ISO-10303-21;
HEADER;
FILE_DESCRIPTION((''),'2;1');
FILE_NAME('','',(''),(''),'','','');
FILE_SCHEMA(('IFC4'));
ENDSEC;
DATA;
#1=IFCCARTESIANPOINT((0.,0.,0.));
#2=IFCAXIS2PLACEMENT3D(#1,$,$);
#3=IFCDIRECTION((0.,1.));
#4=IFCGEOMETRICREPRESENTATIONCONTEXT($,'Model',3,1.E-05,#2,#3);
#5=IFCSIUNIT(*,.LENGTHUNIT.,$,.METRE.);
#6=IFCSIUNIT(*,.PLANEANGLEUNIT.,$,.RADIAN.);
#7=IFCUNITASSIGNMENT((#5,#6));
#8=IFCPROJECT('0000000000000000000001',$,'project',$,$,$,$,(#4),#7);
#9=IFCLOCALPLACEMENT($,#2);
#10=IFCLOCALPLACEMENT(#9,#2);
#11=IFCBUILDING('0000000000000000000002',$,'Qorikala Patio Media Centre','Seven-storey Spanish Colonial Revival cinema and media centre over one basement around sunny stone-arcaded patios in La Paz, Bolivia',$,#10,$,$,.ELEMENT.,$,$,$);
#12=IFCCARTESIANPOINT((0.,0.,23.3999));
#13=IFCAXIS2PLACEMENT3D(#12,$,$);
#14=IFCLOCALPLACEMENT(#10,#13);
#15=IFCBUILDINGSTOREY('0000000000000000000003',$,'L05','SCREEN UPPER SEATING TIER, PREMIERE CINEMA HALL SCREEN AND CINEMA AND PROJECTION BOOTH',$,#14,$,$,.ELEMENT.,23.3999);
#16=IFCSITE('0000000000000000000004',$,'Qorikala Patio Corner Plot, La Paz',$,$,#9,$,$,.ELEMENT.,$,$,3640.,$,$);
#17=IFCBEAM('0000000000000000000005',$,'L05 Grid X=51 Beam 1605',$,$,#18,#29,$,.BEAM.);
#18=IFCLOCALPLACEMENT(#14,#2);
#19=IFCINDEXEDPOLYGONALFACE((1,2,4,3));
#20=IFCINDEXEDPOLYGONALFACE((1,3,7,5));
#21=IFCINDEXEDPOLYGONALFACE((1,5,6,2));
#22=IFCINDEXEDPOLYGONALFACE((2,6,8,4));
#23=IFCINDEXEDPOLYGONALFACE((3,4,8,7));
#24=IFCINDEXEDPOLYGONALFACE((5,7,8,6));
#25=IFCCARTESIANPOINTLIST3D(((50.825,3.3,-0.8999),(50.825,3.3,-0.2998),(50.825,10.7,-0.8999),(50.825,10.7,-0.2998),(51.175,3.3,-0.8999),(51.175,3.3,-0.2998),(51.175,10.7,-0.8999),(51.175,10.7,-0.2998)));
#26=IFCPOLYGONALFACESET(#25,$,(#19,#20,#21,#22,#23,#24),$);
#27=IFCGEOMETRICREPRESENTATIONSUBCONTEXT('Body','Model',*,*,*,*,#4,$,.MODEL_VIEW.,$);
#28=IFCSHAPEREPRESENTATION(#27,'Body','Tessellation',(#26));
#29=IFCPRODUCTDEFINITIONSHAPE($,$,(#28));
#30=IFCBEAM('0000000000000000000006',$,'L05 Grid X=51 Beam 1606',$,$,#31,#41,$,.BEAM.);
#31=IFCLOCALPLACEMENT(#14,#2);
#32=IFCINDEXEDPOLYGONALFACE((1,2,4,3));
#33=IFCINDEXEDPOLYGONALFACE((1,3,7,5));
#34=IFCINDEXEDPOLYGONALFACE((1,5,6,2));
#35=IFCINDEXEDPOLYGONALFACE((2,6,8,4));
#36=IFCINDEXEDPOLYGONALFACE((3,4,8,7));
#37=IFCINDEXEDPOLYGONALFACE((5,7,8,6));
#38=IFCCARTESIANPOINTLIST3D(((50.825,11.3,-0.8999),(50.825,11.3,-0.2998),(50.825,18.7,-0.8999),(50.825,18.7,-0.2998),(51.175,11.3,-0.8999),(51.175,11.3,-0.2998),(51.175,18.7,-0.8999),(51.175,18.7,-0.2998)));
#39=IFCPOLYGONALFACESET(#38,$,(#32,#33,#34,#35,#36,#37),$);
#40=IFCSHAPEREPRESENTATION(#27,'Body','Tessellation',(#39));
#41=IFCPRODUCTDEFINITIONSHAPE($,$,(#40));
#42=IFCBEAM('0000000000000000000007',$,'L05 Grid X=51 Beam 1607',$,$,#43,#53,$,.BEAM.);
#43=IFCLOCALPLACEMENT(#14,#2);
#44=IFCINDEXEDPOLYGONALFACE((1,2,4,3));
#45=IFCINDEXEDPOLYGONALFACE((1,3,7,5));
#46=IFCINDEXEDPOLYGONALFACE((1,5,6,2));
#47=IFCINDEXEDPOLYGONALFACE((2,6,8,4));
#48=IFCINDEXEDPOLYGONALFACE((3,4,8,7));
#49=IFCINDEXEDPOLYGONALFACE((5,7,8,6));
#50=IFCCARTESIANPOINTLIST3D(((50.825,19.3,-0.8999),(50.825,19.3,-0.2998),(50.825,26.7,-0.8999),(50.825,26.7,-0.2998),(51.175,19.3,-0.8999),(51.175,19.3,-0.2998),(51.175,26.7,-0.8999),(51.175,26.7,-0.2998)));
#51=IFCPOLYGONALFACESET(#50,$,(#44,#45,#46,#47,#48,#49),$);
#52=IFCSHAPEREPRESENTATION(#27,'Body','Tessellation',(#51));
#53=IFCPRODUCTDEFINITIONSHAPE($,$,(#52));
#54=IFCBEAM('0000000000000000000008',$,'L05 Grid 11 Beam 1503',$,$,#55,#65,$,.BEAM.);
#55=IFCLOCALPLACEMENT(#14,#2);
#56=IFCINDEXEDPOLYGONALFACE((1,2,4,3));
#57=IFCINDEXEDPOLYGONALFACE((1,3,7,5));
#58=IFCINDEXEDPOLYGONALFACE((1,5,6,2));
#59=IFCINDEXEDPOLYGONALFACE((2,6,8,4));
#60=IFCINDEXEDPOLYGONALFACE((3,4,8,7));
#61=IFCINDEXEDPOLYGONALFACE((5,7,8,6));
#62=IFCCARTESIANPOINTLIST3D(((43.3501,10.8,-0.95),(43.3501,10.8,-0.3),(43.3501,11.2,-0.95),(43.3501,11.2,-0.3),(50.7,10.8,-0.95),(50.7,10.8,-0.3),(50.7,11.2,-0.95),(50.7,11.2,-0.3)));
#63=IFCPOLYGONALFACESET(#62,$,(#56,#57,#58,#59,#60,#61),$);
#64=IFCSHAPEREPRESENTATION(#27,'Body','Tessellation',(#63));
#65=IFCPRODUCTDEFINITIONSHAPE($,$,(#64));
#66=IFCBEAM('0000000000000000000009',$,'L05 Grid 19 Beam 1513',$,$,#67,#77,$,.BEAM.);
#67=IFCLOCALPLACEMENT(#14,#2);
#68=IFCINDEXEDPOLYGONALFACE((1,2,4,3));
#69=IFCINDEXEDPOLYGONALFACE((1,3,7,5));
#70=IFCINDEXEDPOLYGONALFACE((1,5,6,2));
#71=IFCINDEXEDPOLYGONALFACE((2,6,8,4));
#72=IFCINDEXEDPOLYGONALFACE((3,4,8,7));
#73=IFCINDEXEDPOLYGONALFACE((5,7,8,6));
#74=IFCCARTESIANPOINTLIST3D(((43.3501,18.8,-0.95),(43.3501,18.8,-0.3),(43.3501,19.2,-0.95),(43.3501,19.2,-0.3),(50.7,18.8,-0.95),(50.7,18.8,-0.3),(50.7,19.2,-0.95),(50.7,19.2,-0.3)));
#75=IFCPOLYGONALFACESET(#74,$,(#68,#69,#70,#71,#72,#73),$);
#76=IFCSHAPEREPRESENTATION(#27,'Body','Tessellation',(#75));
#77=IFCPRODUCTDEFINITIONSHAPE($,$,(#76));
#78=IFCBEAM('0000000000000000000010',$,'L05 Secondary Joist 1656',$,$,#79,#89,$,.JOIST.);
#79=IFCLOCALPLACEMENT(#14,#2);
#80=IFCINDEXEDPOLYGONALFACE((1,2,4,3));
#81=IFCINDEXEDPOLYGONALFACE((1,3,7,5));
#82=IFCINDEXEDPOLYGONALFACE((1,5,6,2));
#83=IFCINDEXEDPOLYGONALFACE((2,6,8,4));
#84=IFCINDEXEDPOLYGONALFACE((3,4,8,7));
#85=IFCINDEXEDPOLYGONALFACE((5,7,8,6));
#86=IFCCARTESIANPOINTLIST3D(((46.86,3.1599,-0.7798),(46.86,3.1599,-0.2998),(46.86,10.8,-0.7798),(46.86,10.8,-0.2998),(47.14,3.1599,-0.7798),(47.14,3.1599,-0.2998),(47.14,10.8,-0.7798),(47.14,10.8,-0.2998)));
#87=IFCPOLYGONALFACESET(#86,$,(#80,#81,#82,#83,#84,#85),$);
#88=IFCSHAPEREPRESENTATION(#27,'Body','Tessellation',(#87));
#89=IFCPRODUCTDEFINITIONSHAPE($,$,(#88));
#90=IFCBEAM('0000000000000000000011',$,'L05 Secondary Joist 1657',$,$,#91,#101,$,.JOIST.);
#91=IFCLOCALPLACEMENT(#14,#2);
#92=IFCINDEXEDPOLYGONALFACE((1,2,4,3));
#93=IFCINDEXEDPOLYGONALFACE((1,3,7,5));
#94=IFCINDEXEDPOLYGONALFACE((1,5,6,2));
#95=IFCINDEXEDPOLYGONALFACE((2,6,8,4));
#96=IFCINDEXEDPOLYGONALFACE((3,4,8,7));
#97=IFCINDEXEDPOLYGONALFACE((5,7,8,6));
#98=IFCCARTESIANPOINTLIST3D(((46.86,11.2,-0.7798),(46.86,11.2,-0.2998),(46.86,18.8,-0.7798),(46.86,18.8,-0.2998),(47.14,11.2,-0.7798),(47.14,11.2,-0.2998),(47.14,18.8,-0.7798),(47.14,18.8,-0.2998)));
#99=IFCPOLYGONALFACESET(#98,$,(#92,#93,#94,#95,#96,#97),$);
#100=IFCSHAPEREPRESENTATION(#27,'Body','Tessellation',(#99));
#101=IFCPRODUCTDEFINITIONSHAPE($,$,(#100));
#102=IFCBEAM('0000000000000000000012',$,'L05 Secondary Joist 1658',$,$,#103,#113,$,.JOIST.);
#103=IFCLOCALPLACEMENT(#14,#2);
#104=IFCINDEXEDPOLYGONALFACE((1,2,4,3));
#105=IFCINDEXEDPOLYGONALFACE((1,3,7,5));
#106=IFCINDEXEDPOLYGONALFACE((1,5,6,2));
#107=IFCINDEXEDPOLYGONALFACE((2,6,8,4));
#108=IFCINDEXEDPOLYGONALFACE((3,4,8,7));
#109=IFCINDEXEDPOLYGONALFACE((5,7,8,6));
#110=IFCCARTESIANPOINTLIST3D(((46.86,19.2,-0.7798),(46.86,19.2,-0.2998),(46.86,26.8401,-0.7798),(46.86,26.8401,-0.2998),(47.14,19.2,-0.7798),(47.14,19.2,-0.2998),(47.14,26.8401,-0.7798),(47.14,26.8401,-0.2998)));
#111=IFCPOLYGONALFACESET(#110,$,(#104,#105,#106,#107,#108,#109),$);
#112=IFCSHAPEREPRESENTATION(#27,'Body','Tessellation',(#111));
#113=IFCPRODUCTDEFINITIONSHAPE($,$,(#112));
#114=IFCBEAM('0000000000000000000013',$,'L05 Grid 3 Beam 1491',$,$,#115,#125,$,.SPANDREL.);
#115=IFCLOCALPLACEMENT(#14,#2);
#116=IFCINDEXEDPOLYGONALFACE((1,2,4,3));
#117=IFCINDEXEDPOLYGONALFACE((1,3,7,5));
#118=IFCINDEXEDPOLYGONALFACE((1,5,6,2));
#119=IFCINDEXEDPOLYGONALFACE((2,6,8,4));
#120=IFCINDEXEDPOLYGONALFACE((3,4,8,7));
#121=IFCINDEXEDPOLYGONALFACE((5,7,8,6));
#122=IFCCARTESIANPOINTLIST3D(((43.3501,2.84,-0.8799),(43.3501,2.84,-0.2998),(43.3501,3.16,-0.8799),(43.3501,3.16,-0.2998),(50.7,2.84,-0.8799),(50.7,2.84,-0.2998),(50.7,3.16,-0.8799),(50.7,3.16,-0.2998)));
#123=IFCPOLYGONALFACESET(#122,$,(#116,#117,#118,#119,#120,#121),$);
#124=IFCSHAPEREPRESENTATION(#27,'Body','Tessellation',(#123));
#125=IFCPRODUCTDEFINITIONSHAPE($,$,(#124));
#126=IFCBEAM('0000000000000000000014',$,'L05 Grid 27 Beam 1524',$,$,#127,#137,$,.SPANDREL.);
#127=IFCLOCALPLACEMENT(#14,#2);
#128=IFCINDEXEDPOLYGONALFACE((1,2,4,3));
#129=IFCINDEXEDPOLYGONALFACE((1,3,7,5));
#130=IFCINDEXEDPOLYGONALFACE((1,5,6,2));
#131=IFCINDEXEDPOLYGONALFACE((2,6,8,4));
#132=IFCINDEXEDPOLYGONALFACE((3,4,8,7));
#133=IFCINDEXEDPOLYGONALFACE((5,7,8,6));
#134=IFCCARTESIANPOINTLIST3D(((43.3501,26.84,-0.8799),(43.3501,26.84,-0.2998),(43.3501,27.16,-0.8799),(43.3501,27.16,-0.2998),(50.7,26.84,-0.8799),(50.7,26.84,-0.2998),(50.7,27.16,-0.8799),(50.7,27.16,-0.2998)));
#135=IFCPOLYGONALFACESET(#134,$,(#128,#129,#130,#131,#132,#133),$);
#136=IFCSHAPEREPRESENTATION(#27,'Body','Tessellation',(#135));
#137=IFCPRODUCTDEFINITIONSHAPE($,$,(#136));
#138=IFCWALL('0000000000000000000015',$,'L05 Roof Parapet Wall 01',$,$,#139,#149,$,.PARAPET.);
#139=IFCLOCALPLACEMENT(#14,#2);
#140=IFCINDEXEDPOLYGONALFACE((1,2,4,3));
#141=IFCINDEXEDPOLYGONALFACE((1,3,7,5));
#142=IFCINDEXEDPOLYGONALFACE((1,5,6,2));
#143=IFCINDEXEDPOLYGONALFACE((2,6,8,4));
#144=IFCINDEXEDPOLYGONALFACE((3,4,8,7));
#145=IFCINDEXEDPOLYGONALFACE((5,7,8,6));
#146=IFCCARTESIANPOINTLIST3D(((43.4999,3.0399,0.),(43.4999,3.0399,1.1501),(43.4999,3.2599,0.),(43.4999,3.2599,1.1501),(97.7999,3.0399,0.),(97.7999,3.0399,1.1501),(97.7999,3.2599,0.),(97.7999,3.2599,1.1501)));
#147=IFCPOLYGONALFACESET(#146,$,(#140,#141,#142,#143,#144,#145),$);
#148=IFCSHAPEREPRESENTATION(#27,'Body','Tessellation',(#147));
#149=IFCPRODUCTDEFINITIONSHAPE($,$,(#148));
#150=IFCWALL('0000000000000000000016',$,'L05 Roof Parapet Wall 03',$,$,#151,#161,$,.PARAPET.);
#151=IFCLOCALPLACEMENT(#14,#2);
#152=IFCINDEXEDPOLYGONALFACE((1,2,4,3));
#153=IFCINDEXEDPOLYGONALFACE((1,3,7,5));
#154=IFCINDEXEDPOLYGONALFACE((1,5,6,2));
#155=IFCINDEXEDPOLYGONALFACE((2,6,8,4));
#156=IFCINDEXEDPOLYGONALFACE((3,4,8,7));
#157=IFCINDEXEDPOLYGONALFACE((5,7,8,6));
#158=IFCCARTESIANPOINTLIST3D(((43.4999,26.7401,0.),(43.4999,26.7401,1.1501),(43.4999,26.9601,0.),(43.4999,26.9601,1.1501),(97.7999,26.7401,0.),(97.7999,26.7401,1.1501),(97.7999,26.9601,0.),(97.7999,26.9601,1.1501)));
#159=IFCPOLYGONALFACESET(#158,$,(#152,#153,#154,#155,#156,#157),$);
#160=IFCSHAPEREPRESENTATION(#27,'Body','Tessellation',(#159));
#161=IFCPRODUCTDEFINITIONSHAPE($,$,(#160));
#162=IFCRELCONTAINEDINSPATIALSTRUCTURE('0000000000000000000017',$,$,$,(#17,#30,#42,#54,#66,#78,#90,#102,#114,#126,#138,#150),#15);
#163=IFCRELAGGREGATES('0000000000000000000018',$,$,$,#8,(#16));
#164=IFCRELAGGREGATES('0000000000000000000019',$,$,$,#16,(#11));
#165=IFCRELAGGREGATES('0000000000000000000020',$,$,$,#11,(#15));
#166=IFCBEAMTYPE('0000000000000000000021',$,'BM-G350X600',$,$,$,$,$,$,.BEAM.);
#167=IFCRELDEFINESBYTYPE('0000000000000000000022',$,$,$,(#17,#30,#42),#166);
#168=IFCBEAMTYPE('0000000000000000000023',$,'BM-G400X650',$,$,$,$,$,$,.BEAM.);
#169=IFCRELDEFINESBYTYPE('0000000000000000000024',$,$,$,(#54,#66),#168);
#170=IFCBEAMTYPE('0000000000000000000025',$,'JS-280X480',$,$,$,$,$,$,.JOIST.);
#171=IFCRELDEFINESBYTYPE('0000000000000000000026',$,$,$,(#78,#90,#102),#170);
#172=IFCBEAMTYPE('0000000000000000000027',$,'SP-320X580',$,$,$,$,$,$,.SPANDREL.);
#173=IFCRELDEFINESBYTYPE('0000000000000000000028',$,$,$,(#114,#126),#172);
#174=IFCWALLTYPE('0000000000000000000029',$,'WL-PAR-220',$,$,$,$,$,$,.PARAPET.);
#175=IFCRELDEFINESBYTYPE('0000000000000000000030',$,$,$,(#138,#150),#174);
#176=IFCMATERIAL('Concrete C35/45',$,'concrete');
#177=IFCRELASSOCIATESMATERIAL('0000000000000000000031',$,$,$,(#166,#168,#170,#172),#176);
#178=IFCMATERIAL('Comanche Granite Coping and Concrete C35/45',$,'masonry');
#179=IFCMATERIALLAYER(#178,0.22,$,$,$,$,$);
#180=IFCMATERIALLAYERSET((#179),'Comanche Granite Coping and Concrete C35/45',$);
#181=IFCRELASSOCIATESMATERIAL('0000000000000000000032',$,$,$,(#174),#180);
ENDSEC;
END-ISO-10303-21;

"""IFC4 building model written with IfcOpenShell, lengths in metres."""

from ifc_helpers import new_model, si_unit, direction, frame, frame_2d, origin, origin_2d, place, context, subcontext, project, spatial, rectangle, extrude, material, layer, layer_set, material_profile, profile_set, type_object, element, save


model = new_model("IFC4")

# Units and contexts
model_context = context("Model", 3, precision=1e-05, world=origin(), true_north=direction((0.0, 1.0)))
body_context = subcontext(model_context, "Body", "Model", "MODEL_VIEW")
ifc_project = project(units=[si_unit("LENGTHUNIT", "METRE"), si_unit("PLANEANGLEUNIT", "RADIAN")], contexts=[model_context])

# Site, building, storey
site_placement = place(None, origin())
site = spatial("IfcSite", under=ifc_project, at=site_placement, Name="Qorikala Patio Corner Plot, La Paz", CompositionType="ELEMENT", RefElevation=3640.0)
building_placement = place(site_placement, origin())
building = spatial("IfcBuilding", under=site, at=building_placement, Name="Qorikala Patio Media Centre", Description="Seven-storey Spanish Colonial Revival cinema and media centre over one basement around sunny stone-arcaded patios in La Paz, Bolivia", CompositionType="ELEMENT")
storey_placement = place(building_placement, frame((0.0, 0.0, 23.3999)))
storey = spatial("IfcBuildingStorey", under=building, at=storey_placement, Name="L05", Description="SCREEN UPPER SEATING TIER, PREMIERE CINEMA HALL SCREEN AND CINEMA AND PROJECTION BOOTH", CompositionType="ELEMENT", Elevation=23.3999)

# Beams
ifc_material_1 = material(Name="Concrete C35/45", Category="concrete")
ifc_material_profile_1 = material_profile(ifc_material_1, rectangle(XDim=0.3501, YDim=0.6001, at=origin_2d()), Name="RC 350x600")
ifc_profile_set_1 = profile_set([ifc_material_profile_1], Name="Concrete C35/45")
beam_type_1 = type_object("IfcBeamType", Name="BM-G350X600", PredefinedType="BEAM", material=ifc_profile_set_1)
for number, where, z_axis, x_axis, name in (
    (1, (51.0, 3.3, -0.5999), (0.0, 1.0, 0.0), (-1.0, 0.0, 0.0), "L05 Grid X=51 Beam 1605"),
    (2, (51.0, 11.3, -0.5999), (0.0, 1.0, 0.0), (-1.0, 0.0, 0.0), "L05 Grid X=51 Beam 1606"),
    (3, (51.0, 19.3, -0.5999), (0.0, 1.0, 0.0), (-1.0, 0.0, 0.0), "L05 Grid X=51 Beam 1607"),
):
    element("IfcBeam", number, at=place(storey_placement, frame(where, z_axis=z_axis, x_axis=x_axis)), inside=storey, type_object=beam_type_1, Name=name, PredefinedType="BEAM", context=body_context, shape_type="SweptSolid", body=[
        extrude(rectangle(XDim=0.3501, YDim=0.6001, at=origin_2d()), origin(), (0.0, 0.0, 1.0), 7.3999),
    ])
ifc_material_profile_2 = material_profile(ifc_material_1, rectangle(XDim=0.3999, YDim=0.6499, at=origin_2d()), Name="RC 400x650")
ifc_profile_set_2 = profile_set([ifc_material_profile_2], Name="Concrete C35/45")
beam_type_2 = type_object("IfcBeamType", Name="BM-G400X650", PredefinedType="BEAM", material=ifc_profile_set_2)
for number, where, z_axis, x_axis, name in (
    (4, (43.3501, 11.0, -0.625), (1.0, 0.0, 0.0), (0.0, 1.0, 0.0), "L05 Grid 11 Beam 1503"),
    (5, (43.3501, 19.0, -0.625), (1.0, 0.0, 0.0), (0.0, 1.0, 0.0), "L05 Grid 19 Beam 1513"),
):
    element("IfcBeam", number, at=place(storey_placement, frame(where, z_axis=z_axis, x_axis=x_axis)), inside=storey, type_object=beam_type_2, Name=name, PredefinedType="BEAM", context=body_context, shape_type="SweptSolid", body=[
        extrude(rectangle(XDim=0.3999, YDim=0.6499, at=origin_2d()), origin(), (0.0, 0.0, 1.0), 7.3499),
    ])
ifc_material_profile_3 = material_profile(ifc_material_1, rectangle(XDim=0.28, YDim=0.48, at=origin_2d()), Name="RC 280x480")
ifc_profile_set_3 = profile_set([ifc_material_profile_3], Name="Concrete C35/45")
beam_type_3 = type_object("IfcBeamType", Name="JS-280X480", PredefinedType="JOIST", material=ifc_profile_set_3)
beam_1_placement = place(storey_placement, frame((47.0, 3.1599, -0.5398), z_axis=(0.0, 1.0, 0.0), x_axis=(-1.0, 0.0, 0.0)))
element("IfcBeam", 6, at=beam_1_placement, inside=storey, type_object=beam_type_3, Name="L05 Secondary Joist 1656", PredefinedType="JOIST", context=body_context, shape_type="SweptSolid", body=[
    extrude(rectangle(XDim=0.28, YDim=0.48, at=origin_2d()), origin(), (0.0, 0.0, 1.0), 7.6401),
])
beam_2_placement = place(storey_placement, frame((47.0, 11.2, -0.5398), z_axis=(0.0, 1.0, 0.0), x_axis=(-1.0, 0.0, 0.0)))
element("IfcBeam", 7, at=beam_2_placement, inside=storey, type_object=beam_type_3, Name="L05 Secondary Joist 1657", PredefinedType="JOIST", context=body_context, shape_type="SweptSolid", body=[
    extrude(rectangle(XDim=0.28, YDim=0.48, at=origin_2d()), origin(), (0.0, 0.0, 1.0), 7.6001),
])
beam_3_placement = place(storey_placement, frame((47.0, 19.2, -0.5398), z_axis=(0.0, 1.0, 0.0), x_axis=(-1.0, 0.0, 0.0)))
element("IfcBeam", 8, at=beam_3_placement, inside=storey, type_object=beam_type_3, Name="L05 Secondary Joist 1658", PredefinedType="JOIST", context=body_context, shape_type="SweptSolid", body=[
    extrude(rectangle(XDim=0.28, YDim=0.48, at=origin_2d()), origin(), (0.0, 0.0, 1.0), 7.6401),
])
ifc_material_profile_4 = material_profile(ifc_material_1, rectangle(XDim=0.3201, YDim=0.5801, at=origin_2d()), Name="RC 320x580")
ifc_profile_set_4 = profile_set([ifc_material_profile_4], Name="Concrete C35/45")
beam_type_4 = type_object("IfcBeamType", Name="SP-320X580", PredefinedType="SPANDREL", material=ifc_profile_set_4)
for number, where, z_axis, x_axis, name in (
    (9, (43.3501, 3.0, -0.5898), (1.0, 0.0, 0.0), (0.0, 1.0, 0.0), "L05 Grid 3 Beam 1491"),
    (10, (43.3501, 27.0, -0.5898), (1.0, 0.0, 0.0), (0.0, 1.0, 0.0), "L05 Grid 27 Beam 1524"),
):
    element("IfcBeam", number, at=place(storey_placement, frame(where, z_axis=z_axis, x_axis=x_axis)), inside=storey, type_object=beam_type_4, Name=name, PredefinedType="SPANDREL", context=body_context, shape_type="SweptSolid", body=[
        extrude(rectangle(XDim=0.3201, YDim=0.5801, at=origin_2d()), origin(), (0.0, 0.0, 1.0), 7.3499),
    ])

# Walls
ifc_material_2 = material(Name="Comanche Granite Coping and Concrete C35/45", Category="masonry")
ifc_layer_1 = layer(ifc_material_2, 0.22)
ifc_layer_set_1 = layer_set([ifc_layer_1], Name="Comanche Granite Coping and Concrete C35/45")
wall_type_1 = type_object("IfcWallType", Name="WL-PAR-220", PredefinedType="PARAPET", material=ifc_layer_set_1)
for number, where, z_axis, x_axis, name in (
    (11, (43.5, 3.1499, 0.0), (0.0, 0.0, 1.0), (1.0, 0.0, 0.0), "L05 Roof Parapet Wall 01"),
    (12, (43.5, 26.8501, 0.0), (0.0, 0.0, 1.0), (1.0, 0.0, 0.0), "L05 Roof Parapet Wall 03"),
):
    element("IfcWall", number, at=place(storey_placement, frame(where, z_axis=z_axis, x_axis=x_axis)), inside=storey, type_object=wall_type_1, Name=name, PredefinedType="PARAPET", context=body_context, shape_type="SweptSolid", body=[
        extrude(rectangle(XDim=54.3, YDim=0.22, at=frame_2d((27.1499, 0.0))), origin(), (0.0, 0.0, 1.0), 1.1501),
    ])

save(model, "model.ifc")
